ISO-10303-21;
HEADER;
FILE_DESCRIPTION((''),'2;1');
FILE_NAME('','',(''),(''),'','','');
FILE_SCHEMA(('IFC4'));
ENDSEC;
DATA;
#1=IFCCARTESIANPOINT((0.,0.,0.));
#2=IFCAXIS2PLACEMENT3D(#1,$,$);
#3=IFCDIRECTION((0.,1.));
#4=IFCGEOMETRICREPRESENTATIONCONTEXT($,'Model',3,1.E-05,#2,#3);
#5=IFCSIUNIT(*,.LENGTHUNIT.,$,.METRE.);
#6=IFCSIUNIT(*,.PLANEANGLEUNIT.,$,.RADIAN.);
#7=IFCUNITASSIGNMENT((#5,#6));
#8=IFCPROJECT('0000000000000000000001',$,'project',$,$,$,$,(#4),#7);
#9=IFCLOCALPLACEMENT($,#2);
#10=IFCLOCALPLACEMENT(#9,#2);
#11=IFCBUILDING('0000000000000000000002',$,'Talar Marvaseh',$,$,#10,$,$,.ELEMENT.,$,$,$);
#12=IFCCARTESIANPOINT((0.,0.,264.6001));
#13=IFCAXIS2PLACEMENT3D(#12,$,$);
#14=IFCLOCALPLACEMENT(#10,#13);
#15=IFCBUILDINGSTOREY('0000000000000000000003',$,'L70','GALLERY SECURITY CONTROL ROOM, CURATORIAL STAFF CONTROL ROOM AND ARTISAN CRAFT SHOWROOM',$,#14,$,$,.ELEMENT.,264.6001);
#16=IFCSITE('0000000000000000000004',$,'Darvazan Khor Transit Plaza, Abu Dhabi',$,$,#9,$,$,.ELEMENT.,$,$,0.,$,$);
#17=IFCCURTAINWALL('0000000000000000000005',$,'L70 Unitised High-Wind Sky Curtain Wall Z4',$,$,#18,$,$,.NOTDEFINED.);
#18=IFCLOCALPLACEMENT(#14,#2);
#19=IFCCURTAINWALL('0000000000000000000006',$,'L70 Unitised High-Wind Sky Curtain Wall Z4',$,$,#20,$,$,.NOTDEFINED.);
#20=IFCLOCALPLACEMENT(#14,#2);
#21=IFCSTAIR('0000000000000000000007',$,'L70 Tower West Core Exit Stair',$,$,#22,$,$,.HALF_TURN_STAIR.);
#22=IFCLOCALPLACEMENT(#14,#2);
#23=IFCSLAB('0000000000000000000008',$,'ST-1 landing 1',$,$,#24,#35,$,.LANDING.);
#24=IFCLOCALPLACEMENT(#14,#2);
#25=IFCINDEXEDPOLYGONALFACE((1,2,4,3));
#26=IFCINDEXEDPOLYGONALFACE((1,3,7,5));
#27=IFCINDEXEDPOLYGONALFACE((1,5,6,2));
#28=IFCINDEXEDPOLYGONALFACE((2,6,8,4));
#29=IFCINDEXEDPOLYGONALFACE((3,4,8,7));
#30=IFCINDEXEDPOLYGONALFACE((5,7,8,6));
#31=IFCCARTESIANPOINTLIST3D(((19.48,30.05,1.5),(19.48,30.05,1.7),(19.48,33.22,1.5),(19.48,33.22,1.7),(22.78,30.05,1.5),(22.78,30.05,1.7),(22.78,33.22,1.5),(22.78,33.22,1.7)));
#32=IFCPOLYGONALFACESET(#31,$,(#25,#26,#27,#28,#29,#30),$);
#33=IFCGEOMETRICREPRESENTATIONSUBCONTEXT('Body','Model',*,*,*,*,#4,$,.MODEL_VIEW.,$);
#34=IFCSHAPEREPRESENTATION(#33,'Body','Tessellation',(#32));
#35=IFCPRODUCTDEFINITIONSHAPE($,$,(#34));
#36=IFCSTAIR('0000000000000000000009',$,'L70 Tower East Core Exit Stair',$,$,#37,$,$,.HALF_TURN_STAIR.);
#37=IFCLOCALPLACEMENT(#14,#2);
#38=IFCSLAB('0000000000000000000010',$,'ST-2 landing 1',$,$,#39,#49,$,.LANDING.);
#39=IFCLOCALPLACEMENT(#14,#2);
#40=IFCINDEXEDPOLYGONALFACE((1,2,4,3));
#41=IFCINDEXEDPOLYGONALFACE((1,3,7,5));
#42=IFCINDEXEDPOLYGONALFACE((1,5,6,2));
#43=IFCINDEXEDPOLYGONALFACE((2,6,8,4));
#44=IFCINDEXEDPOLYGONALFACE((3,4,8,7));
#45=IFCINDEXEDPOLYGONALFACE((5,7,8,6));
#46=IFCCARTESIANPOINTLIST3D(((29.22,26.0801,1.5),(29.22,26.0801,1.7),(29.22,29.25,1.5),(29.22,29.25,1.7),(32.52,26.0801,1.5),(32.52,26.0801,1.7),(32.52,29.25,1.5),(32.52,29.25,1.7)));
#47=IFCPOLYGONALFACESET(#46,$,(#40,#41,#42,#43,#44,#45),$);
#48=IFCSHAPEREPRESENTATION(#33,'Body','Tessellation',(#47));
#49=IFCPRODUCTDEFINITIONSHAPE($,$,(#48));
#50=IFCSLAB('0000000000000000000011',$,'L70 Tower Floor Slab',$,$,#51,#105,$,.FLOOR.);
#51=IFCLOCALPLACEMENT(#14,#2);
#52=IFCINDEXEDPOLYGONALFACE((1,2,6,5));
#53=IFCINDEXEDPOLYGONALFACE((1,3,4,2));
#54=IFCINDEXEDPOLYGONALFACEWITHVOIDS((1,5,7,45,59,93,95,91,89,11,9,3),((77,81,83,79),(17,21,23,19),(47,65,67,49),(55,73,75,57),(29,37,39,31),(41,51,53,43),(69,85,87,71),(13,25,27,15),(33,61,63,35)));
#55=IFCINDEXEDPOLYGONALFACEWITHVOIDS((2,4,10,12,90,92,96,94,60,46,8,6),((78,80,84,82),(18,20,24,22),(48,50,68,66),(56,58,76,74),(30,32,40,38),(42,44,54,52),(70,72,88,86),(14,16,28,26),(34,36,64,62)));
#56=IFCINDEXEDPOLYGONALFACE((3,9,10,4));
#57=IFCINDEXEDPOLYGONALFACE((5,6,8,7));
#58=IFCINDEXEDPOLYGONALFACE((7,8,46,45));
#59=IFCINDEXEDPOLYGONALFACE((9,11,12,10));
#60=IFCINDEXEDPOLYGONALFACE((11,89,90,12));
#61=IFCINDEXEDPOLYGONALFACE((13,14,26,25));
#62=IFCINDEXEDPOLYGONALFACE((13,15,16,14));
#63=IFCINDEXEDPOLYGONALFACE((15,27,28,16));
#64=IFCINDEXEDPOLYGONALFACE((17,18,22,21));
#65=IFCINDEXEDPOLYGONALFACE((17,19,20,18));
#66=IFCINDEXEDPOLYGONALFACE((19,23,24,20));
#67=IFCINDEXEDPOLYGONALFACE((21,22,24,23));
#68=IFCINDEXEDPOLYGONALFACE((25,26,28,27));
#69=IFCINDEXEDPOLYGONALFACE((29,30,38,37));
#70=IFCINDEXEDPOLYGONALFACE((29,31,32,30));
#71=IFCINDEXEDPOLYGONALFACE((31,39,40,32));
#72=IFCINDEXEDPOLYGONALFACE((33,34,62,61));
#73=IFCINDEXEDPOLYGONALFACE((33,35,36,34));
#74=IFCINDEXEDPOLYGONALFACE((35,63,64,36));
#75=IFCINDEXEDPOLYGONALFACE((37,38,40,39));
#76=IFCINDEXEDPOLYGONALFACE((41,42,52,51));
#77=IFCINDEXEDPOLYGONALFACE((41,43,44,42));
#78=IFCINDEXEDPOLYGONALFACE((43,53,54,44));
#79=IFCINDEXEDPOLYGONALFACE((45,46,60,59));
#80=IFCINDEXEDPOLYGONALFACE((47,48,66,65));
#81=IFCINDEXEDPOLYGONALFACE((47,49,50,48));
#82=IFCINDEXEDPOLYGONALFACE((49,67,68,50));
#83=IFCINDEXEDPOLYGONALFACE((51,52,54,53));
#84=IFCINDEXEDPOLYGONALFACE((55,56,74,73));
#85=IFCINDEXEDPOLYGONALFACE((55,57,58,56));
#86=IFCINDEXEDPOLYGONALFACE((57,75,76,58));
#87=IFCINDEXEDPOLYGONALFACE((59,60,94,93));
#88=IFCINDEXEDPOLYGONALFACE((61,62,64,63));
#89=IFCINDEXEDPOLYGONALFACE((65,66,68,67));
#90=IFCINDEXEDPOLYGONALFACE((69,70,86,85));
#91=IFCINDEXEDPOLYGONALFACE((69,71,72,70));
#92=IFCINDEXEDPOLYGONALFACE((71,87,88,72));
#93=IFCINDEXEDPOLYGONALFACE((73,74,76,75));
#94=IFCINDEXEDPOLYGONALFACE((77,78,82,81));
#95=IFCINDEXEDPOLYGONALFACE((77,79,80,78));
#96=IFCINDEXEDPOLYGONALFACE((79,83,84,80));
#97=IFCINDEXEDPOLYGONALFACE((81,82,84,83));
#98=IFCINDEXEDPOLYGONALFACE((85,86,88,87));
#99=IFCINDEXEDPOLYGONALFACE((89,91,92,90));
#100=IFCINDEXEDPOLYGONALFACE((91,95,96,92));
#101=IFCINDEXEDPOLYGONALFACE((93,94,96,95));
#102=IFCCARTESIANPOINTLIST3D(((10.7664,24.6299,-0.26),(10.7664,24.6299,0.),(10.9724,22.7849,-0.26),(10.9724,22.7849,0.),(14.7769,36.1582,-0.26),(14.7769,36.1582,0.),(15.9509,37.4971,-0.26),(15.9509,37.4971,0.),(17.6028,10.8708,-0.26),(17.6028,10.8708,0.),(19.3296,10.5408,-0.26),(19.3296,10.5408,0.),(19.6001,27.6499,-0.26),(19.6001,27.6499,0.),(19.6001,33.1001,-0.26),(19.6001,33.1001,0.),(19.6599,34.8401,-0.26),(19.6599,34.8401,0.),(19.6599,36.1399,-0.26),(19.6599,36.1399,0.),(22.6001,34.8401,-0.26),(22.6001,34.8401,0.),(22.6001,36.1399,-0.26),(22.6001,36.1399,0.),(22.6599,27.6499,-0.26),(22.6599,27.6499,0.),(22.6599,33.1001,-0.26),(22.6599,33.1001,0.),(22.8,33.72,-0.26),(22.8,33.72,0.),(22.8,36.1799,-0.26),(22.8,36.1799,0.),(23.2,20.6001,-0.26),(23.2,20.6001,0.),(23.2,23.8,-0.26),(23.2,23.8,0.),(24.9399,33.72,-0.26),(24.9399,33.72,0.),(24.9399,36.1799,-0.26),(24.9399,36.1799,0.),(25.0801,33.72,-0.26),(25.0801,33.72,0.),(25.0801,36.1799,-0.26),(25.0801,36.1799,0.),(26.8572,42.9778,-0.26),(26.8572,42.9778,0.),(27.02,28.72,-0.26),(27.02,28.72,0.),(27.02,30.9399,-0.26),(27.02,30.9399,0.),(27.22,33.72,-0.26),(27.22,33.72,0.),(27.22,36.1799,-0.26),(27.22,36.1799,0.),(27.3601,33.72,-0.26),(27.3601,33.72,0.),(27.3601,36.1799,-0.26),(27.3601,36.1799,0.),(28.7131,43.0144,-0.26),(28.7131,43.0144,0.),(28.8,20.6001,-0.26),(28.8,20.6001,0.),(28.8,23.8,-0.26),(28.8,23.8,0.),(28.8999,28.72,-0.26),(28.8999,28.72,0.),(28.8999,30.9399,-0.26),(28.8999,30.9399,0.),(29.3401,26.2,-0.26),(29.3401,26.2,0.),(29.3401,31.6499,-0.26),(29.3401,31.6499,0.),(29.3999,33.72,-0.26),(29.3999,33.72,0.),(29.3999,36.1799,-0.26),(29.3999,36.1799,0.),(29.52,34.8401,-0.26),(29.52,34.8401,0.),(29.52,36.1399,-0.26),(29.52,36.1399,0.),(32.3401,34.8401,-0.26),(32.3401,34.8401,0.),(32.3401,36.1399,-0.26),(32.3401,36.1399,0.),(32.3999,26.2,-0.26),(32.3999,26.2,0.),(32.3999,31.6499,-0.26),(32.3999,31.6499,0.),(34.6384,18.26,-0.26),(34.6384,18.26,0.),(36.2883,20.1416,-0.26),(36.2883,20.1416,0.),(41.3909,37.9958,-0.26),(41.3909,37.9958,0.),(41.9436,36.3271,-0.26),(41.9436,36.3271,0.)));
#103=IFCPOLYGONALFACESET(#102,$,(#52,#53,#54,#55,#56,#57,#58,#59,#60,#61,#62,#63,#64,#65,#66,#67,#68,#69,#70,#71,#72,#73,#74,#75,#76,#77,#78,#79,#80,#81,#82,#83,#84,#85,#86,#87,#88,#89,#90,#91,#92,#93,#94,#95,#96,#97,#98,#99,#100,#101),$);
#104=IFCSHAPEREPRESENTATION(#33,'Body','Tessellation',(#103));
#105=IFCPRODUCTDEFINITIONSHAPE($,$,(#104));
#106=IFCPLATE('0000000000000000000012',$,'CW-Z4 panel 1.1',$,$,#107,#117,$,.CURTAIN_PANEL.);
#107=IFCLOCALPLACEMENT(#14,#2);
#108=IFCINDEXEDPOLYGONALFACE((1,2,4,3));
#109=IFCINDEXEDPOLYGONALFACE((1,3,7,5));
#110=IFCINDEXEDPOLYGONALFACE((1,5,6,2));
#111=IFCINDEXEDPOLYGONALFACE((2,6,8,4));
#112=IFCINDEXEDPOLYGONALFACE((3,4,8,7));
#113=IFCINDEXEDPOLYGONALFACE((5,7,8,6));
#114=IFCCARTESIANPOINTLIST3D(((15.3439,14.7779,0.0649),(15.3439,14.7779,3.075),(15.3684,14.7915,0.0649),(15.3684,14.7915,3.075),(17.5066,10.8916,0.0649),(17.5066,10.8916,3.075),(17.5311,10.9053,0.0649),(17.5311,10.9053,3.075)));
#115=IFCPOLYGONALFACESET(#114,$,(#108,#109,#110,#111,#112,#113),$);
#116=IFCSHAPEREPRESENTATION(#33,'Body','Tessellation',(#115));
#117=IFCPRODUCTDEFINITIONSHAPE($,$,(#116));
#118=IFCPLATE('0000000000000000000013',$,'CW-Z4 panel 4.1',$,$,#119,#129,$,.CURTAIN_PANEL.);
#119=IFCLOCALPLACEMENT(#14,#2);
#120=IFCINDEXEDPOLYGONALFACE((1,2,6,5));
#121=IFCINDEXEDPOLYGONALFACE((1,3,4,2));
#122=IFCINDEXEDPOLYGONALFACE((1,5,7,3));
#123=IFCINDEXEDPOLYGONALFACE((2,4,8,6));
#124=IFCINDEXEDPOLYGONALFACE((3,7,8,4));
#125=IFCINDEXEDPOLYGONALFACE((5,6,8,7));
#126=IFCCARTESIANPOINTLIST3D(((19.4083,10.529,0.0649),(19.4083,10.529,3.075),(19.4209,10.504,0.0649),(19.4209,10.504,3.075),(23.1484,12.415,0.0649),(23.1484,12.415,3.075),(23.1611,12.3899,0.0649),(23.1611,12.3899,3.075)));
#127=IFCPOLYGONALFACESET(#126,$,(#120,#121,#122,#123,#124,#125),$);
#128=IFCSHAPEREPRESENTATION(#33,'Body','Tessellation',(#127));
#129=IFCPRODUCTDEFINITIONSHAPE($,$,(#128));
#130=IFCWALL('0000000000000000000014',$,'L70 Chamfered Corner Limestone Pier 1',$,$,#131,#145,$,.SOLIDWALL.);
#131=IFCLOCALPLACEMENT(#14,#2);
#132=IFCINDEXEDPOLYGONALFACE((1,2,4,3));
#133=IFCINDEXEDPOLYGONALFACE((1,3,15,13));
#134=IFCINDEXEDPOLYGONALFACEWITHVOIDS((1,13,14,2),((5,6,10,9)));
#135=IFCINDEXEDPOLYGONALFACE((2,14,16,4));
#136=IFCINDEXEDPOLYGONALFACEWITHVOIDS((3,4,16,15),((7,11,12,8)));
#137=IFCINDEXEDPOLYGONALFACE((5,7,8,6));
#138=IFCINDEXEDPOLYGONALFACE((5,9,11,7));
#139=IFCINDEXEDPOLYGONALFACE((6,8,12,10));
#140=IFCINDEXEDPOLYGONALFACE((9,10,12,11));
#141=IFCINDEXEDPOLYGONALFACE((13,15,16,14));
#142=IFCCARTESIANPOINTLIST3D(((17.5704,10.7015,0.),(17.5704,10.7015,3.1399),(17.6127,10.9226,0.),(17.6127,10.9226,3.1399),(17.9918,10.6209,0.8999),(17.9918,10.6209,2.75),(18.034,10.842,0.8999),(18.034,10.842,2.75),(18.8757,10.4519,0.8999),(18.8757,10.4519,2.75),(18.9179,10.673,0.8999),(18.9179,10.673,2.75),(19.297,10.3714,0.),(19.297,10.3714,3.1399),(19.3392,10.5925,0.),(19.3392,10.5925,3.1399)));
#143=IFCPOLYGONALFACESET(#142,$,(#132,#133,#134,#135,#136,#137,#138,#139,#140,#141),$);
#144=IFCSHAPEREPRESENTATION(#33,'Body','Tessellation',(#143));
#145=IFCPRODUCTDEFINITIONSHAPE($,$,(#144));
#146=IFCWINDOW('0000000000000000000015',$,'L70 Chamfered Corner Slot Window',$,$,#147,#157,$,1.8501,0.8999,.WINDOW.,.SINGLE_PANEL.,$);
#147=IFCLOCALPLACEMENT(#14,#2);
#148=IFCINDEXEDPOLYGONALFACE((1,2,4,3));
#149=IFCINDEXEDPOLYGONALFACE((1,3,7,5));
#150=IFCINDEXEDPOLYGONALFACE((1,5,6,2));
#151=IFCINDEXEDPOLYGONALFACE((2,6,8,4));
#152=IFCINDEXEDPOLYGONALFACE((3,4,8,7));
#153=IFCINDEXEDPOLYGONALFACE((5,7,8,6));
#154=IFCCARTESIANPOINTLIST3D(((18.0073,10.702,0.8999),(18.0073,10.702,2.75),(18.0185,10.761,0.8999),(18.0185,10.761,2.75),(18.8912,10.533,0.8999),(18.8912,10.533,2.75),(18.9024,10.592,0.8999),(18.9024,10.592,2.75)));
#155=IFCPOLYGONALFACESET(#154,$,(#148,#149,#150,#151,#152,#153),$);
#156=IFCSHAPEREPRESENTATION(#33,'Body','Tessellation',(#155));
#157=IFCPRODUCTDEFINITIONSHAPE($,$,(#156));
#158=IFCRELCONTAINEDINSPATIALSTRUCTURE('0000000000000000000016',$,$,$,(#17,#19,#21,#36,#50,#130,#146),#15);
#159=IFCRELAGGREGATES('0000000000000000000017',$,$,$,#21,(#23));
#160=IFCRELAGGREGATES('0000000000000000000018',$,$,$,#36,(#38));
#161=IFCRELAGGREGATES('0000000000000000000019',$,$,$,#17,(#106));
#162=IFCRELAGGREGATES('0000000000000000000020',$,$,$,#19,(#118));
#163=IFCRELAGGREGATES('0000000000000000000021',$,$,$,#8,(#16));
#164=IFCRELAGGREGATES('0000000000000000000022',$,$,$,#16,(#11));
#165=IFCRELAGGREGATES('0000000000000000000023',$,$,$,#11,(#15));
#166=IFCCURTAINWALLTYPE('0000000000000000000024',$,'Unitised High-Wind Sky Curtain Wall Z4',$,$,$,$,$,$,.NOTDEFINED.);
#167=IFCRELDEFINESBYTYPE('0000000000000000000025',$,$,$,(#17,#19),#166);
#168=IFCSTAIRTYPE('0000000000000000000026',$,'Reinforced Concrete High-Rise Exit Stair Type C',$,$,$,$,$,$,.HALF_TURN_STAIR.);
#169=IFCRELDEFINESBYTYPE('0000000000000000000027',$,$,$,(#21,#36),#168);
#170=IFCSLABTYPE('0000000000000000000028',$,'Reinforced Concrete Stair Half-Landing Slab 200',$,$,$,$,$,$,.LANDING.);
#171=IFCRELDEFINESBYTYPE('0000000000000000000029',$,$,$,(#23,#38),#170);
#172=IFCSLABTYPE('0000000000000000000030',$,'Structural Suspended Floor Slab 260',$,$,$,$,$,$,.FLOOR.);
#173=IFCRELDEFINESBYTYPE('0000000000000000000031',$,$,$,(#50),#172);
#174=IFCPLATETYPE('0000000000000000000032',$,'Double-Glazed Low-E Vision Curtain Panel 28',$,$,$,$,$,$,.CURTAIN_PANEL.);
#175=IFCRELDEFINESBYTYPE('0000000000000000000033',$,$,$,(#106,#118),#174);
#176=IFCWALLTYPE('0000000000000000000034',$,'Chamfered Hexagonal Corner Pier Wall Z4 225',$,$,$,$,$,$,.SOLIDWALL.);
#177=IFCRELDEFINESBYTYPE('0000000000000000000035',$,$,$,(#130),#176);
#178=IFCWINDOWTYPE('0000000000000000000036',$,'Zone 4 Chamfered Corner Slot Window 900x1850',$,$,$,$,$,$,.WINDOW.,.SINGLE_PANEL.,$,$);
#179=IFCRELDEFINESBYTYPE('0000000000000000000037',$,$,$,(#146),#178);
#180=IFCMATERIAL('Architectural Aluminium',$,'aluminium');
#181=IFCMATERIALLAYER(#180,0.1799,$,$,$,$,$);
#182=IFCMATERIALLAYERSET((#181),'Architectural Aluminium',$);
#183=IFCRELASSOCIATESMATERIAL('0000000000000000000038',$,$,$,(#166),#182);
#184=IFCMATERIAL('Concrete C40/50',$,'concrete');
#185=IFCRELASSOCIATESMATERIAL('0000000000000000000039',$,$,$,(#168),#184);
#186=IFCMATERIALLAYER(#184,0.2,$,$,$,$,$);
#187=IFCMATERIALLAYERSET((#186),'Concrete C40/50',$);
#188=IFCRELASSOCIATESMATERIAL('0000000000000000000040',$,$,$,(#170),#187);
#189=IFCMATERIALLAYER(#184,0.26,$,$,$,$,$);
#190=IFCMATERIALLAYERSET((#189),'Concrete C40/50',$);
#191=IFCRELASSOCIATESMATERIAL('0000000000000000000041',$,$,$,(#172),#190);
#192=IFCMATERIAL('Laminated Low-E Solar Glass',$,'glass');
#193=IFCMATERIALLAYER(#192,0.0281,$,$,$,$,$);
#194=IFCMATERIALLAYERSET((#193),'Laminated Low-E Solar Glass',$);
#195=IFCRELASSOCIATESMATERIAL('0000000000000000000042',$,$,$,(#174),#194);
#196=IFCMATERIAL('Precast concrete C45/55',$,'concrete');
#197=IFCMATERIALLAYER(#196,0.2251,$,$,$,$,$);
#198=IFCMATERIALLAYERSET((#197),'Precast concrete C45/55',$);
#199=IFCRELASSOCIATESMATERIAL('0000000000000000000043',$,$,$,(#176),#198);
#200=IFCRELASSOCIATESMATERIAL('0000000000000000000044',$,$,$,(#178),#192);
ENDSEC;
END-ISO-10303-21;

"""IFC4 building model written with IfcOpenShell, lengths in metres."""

from ifc_helpers import new_model, si_unit, direction, frame, frame_2d, origin, origin_2d, place, context, subcontext, project, spatial, polyline, rectangle, outline, extrude, source, transform, mapped, material, layer, layer_set, type_object, type_shapes, element, fill, aggregate, save


model = new_model("IFC4")

# Units and contexts
model_context = context("Model", 3, precision=1e-05, world=origin(), true_north=direction((0.0, 1.0)))
body_context = subcontext(model_context, "Body", "Model", "MODEL_VIEW")
ifc_project = project(units=[si_unit("LENGTHUNIT", "METRE"), si_unit("PLANEANGLEUNIT", "RADIAN")], contexts=[model_context])

# Site, building, storey
site_placement = place(None, origin())
site = spatial("IfcSite", under=ifc_project, at=site_placement, Name="Darvazan Khor Transit Plaza, Abu Dhabi", CompositionType="ELEMENT", RefElevation=0.0)
building_placement = place(site_placement, origin())
building = spatial("IfcBuilding", under=site, at=building_placement, Name="Talar Marvaseh", CompositionType="ELEMENT")
storey_placement = place(building_placement, frame((0.0, 0.0, 264.6001)))
storey = spatial("IfcBuildingStorey", under=building, at=storey_placement, Name="L70", Description="GALLERY SECURITY CONTROL ROOM, CURATORIAL STAFF CONTROL ROOM AND ARTISAN CRAFT SHOWROOM", CompositionType="ELEMENT", Elevation=264.6001)

# Curtain wall
ifc_material_1 = material(Name="Architectural Aluminium", Category="aluminium")
ifc_layer_1 = layer(ifc_material_1, 0.1799)
ifc_layer_set_1 = layer_set([ifc_layer_1], Name="Architectural Aluminium")
curtain_wall_type = type_object("IfcCurtainWallType", Name="Unitised High-Wind Sky Curtain Wall Z4", PredefinedType="NOTDEFINED", material=ifc_layer_set_1)
curtain_wall_1_placement = place(storey_placement, origin())
curtain_wall_1 = element("IfcCurtainWall", 1, at=curtain_wall_1_placement, inside=storey, type_object=curtain_wall_type, Name="L70 Unitised High-Wind Sky Curtain Wall Z4", PredefinedType="NOTDEFINED")

# Curtain wall
curtain_wall_2_placement = place(storey_placement, origin())
curtain_wall_2 = element("IfcCurtainWall", 2, at=curtain_wall_2_placement, inside=storey, type_object=curtain_wall_type, Name="L70 Unitised High-Wind Sky Curtain Wall Z4", PredefinedType="NOTDEFINED")

# Stairs, slabs
ifc_material_2 = material(Name="Concrete C40/50", Category="concrete")
stair_type = type_object("IfcStairType", Name="Reinforced Concrete High-Rise Exit Stair Type C", PredefinedType="HALF_TURN_STAIR", material=ifc_material_2)
stair_1_placement = place(storey_placement, origin())
stair_1 = element("IfcStair", 3, at=stair_1_placement, inside=storey, type_object=stair_type, Name="L70 Tower West Core Exit Stair", PredefinedType="HALF_TURN_STAIR")
ifc_layer_2 = layer(ifc_material_2, 0.2)
ifc_layer_set_2 = layer_set([ifc_layer_2], Name="Concrete C40/50")
slab_type_1 = type_object("IfcSlabType", Name="Reinforced Concrete Stair Half-Landing Slab 200", PredefinedType="LANDING", material=ifc_layer_set_2)
slab_1_placement = place(storey_placement, frame((0.0, 0.0, 1.5)))
slab_1 = element("IfcSlab", 4, at=slab_1_placement, type_object=slab_type_1, Name="ST-1 landing 1", PredefinedType="LANDING", context=body_context, shape_type="SweptSolid", body=[
    extrude(outline(polyline([(22.78, 30.05), (22.78, 33.22), (19.48, 33.22), (19.48, 30.05), (22.78, 30.05)])), origin(), (0.0, 0.0, 1.0), 0.2),
])
aggregate(stair_1, [slab_1])
stair_2_placement = place(storey_placement, origin())
stair_2 = element("IfcStair", 5, at=stair_2_placement, inside=storey, type_object=stair_type, Name="L70 Tower East Core Exit Stair", PredefinedType="HALF_TURN_STAIR")
slab_2_placement = place(storey_placement, frame((0.0, 0.0, 1.5)))
slab_2 = element("IfcSlab", 6, at=slab_2_placement, type_object=slab_type_1, Name="ST-2 landing 1", PredefinedType="LANDING", context=body_context, shape_type="SweptSolid", body=[
    extrude(outline(polyline([(29.22, 29.25), (29.22, 26.0801), (32.52, 26.0801), (32.52, 29.25), (29.22, 29.25)])), origin(), (0.0, 0.0, 1.0), 0.2),
])
aggregate(stair_2, [slab_2])

# Slab
ifc_layer_3 = layer(ifc_material_2, 0.26)
ifc_layer_set_3 = layer_set([ifc_layer_3], Name="Concrete C40/50")
slab_type_2 = type_object("IfcSlabType", Name="Structural Suspended Floor Slab 260", PredefinedType="FLOOR", material=ifc_layer_set_3)
slab_3_placement = place(storey_placement, frame((0.0, 0.0, -0.26)))
element("IfcSlab", 7, at=slab_3_placement, inside=storey, type_object=slab_type_2, Name="L70 Tower Floor Slab", PredefinedType="FLOOR", context=body_context, shape_type="SweptSolid", body=[
    extrude(outline(polyline([(19.3296, 10.5408), (17.6028, 10.8708), (10.9724, 22.7849), (10.7664, 24.6299), (14.7769, 36.1582), (15.9509, 37.4971), (26.8572, 42.9778), (28.7131, 43.0144), (41.3909, 37.9958), (41.9436, 36.3271), (36.2883, 20.1416), (34.6384, 18.26), (19.3296, 10.5408)]), holes=[polyline([(22.6599, 27.6499), (22.6599, 33.1001), (19.6001, 33.1001), (19.6001, 27.6499), (22.6599, 27.6499)]), polyline([(29.3401, 31.6499), (29.3401, 26.2), (32.3999, 26.2), (32.3999, 31.6499), (29.3401, 31.6499)]), polyline([(22.8, 33.72), (24.9399, 33.72), (24.9399, 36.1799), (22.8, 36.1799), (22.8, 33.72)]), polyline([(25.0801, 33.72), (27.22, 33.72), (27.22, 36.1799), (25.0801, 36.1799), (25.0801, 33.72)]), polyline([(27.3601, 33.72), (29.3999, 33.72), (29.3999, 36.1799), (27.3601, 36.1799), (27.3601, 33.72)]), polyline([(27.02, 28.72), (28.8999, 28.72), (28.8999, 30.9399), (27.02, 30.9399), (27.02, 28.72)]), polyline([(19.6599, 34.8401), (22.6001, 34.8401), (22.6001, 36.1399), (19.6599, 36.1399), (19.6599, 34.8401)]), polyline([(29.52, 34.8401), (32.3401, 34.8401), (32.3401, 36.1399), (29.52, 36.1399), (29.52, 34.8401)]), polyline([(23.2, 20.6001), (28.8, 20.6001), (28.8, 23.8), (23.2, 23.8), (23.2, 20.6001)])]), origin(), (0.0, 0.0, 1.0), 0.26),
])

# Plates
ifc_material_3 = material(Name="Laminated Low-E Solar Glass", Category="glass")
ifc_layer_4 = layer(ifc_material_3, 0.0281)
ifc_layer_set_4 = layer_set([ifc_layer_4], Name="Laminated Low-E Solar Glass")
plate_type = type_object("IfcPlateType", Name="Double-Glazed Low-E Vision Curtain Panel 28", PredefinedType="CURTAIN_PANEL", material=ifc_layer_set_4)
shared_shape_1 = source(origin(), body_context, "Body", "SweptSolid", [
    extrude(rectangle(XDim=4.4475, YDim=0.0281, at=origin_2d()), origin(), (0.0, 0.0, 1.0), 3.01),
])
plate_1_placement = place(storey_placement, frame((16.4375, 12.8416, 0.0649), z_axis=(0.0, 0.0, 1.0), x_axis=(-0.486279, 0.873803, 0.0)))
plate_1 = element("IfcPlate", 8, at=plate_1_placement, type_object=plate_type, Name="CW-Z4 panel 1.1", PredefinedType="CURTAIN_PANEL", context=body_context, shape_type="MappedRepresentation", body=[
    mapped(shared_shape_1, transform((0.0, 0.0, 0.0), x_axis=(1.0, 0.0, 0.0), y_axis=(0.0, 1.0, 0.0), z_axis=(0.0, 0.0, 1.0), scale=1.0)),
])
aggregate(curtain_wall_1, [plate_1])
shared_shape_2 = source(origin(), body_context, "Body", "SweptSolid", [
    extrude(rectangle(XDim=4.1887, YDim=0.0281, at=origin_2d()), origin(), (0.0, 0.0, 1.0), 3.01),
])
type_shapes(plate_type, [shared_shape_1, shared_shape_2])
plate_2_placement = place(storey_placement, frame((21.2847, 11.4595, 0.0649), z_axis=(0.0, 0.0, 1.0), x_axis=(-0.892909, -0.450237, 0.0)))
plate_2 = element("IfcPlate", 9, at=plate_2_placement, type_object=plate_type, Name="CW-Z4 panel 4.1", PredefinedType="CURTAIN_PANEL", context=body_context, shape_type="MappedRepresentation", body=[
    mapped(shared_shape_2, transform((0.0, 0.0, 0.0), x_axis=(1.0, 0.0, 0.0), y_axis=(0.0, 1.0, 0.0), z_axis=(0.0, 0.0, 1.0), scale=1.0)),
])
aggregate(curtain_wall_2, [plate_2])

# Wall, opening, window
ifc_material_4 = material(Name="Precast concrete C45/55", Category="concrete")
ifc_layer_5 = layer(ifc_material_4, 0.2251)
ifc_layer_set_5 = layer_set([ifc_layer_5], Name="Precast concrete C45/55")
wall_type = type_object("IfcWallType", Name="Chamfered Hexagonal Corner Pier Wall Z4 225", PredefinedType="SOLIDWALL", material=ifc_layer_set_5)
wall_placement = place(storey_placement, frame((19.3181, 10.4819, 0.0), z_axis=(0.0, 0.0, 1.0), x_axis=(-0.982212, 0.187776, 0.0)))
wall = element("IfcWall", 10, at=wall_placement, inside=storey, type_object=wall_type, Name="L70 Chamfered Corner Limestone Pier 1", PredefinedType="SOLIDWALL", context=body_context, shape_type="SweptSolid", body=[
    extrude(rectangle(XDim=1.7578, YDim=0.2251, at=frame_2d((0.8789, 0.0))), origin(), (0.0, 0.0, 1.0), 3.1399),
])
opening_placement = place(wall_placement, frame((0.429, 0.0, 0.8999)))
opening = element("IfcOpeningElement", 11, at=opening_placement, cuts=wall, PredefinedType="OPENING", context=body_context, shape_type="SweptSolid", body=[
    extrude(rectangle(XDim=0.8999, YDim=1.8501, at=frame_2d((0.45, 0.925))), frame((0.0, 0.1226, 0.0), z_axis=(0.0, -1.0, 0.0), x_axis=(1.0, 0.0, 0.0)), (0.0, 0.0, 1.0), 0.2451),
])
window_type = type_object("IfcWindowType", Name="Zone 4 Chamfered Corner Slot Window 900x1850", PartitioningType="SINGLE_PANEL", PredefinedType="WINDOW", material=ifc_material_3)
shared_shape_3 = source(origin(), body_context, "Body", "SweptSolid", [
    extrude(rectangle(XDim=0.8999, YDim=1.8501, at=frame_2d((0.45, 0.925))), frame((0.0, 0.03, 0.0), z_axis=(0.0, -1.0, 0.0), x_axis=(1.0, 0.0, 0.0)), (0.0, 0.0, 1.0), 0.0601),
])
type_shapes(window_type, [shared_shape_3])
window_placement = place(opening_placement, origin())
window = element("IfcWindow", 12, at=window_placement, inside=storey, type_object=window_type, Name="L70 Chamfered Corner Slot Window", OverallHeight=1.8501, OverallWidth=0.8999, PartitioningType="SINGLE_PANEL", PredefinedType="WINDOW", context=body_context, shape_type="MappedRepresentation", body=[
    mapped(shared_shape_3, transform((0.0, 0.0, 0.0), x_axis=(1.0, 0.0, 0.0), y_axis=(0.0, 1.0, 0.0), z_axis=(0.0, 0.0, 1.0), scale=1.0)),
])
fill(opening, window)

save(model, "model.ifc")
